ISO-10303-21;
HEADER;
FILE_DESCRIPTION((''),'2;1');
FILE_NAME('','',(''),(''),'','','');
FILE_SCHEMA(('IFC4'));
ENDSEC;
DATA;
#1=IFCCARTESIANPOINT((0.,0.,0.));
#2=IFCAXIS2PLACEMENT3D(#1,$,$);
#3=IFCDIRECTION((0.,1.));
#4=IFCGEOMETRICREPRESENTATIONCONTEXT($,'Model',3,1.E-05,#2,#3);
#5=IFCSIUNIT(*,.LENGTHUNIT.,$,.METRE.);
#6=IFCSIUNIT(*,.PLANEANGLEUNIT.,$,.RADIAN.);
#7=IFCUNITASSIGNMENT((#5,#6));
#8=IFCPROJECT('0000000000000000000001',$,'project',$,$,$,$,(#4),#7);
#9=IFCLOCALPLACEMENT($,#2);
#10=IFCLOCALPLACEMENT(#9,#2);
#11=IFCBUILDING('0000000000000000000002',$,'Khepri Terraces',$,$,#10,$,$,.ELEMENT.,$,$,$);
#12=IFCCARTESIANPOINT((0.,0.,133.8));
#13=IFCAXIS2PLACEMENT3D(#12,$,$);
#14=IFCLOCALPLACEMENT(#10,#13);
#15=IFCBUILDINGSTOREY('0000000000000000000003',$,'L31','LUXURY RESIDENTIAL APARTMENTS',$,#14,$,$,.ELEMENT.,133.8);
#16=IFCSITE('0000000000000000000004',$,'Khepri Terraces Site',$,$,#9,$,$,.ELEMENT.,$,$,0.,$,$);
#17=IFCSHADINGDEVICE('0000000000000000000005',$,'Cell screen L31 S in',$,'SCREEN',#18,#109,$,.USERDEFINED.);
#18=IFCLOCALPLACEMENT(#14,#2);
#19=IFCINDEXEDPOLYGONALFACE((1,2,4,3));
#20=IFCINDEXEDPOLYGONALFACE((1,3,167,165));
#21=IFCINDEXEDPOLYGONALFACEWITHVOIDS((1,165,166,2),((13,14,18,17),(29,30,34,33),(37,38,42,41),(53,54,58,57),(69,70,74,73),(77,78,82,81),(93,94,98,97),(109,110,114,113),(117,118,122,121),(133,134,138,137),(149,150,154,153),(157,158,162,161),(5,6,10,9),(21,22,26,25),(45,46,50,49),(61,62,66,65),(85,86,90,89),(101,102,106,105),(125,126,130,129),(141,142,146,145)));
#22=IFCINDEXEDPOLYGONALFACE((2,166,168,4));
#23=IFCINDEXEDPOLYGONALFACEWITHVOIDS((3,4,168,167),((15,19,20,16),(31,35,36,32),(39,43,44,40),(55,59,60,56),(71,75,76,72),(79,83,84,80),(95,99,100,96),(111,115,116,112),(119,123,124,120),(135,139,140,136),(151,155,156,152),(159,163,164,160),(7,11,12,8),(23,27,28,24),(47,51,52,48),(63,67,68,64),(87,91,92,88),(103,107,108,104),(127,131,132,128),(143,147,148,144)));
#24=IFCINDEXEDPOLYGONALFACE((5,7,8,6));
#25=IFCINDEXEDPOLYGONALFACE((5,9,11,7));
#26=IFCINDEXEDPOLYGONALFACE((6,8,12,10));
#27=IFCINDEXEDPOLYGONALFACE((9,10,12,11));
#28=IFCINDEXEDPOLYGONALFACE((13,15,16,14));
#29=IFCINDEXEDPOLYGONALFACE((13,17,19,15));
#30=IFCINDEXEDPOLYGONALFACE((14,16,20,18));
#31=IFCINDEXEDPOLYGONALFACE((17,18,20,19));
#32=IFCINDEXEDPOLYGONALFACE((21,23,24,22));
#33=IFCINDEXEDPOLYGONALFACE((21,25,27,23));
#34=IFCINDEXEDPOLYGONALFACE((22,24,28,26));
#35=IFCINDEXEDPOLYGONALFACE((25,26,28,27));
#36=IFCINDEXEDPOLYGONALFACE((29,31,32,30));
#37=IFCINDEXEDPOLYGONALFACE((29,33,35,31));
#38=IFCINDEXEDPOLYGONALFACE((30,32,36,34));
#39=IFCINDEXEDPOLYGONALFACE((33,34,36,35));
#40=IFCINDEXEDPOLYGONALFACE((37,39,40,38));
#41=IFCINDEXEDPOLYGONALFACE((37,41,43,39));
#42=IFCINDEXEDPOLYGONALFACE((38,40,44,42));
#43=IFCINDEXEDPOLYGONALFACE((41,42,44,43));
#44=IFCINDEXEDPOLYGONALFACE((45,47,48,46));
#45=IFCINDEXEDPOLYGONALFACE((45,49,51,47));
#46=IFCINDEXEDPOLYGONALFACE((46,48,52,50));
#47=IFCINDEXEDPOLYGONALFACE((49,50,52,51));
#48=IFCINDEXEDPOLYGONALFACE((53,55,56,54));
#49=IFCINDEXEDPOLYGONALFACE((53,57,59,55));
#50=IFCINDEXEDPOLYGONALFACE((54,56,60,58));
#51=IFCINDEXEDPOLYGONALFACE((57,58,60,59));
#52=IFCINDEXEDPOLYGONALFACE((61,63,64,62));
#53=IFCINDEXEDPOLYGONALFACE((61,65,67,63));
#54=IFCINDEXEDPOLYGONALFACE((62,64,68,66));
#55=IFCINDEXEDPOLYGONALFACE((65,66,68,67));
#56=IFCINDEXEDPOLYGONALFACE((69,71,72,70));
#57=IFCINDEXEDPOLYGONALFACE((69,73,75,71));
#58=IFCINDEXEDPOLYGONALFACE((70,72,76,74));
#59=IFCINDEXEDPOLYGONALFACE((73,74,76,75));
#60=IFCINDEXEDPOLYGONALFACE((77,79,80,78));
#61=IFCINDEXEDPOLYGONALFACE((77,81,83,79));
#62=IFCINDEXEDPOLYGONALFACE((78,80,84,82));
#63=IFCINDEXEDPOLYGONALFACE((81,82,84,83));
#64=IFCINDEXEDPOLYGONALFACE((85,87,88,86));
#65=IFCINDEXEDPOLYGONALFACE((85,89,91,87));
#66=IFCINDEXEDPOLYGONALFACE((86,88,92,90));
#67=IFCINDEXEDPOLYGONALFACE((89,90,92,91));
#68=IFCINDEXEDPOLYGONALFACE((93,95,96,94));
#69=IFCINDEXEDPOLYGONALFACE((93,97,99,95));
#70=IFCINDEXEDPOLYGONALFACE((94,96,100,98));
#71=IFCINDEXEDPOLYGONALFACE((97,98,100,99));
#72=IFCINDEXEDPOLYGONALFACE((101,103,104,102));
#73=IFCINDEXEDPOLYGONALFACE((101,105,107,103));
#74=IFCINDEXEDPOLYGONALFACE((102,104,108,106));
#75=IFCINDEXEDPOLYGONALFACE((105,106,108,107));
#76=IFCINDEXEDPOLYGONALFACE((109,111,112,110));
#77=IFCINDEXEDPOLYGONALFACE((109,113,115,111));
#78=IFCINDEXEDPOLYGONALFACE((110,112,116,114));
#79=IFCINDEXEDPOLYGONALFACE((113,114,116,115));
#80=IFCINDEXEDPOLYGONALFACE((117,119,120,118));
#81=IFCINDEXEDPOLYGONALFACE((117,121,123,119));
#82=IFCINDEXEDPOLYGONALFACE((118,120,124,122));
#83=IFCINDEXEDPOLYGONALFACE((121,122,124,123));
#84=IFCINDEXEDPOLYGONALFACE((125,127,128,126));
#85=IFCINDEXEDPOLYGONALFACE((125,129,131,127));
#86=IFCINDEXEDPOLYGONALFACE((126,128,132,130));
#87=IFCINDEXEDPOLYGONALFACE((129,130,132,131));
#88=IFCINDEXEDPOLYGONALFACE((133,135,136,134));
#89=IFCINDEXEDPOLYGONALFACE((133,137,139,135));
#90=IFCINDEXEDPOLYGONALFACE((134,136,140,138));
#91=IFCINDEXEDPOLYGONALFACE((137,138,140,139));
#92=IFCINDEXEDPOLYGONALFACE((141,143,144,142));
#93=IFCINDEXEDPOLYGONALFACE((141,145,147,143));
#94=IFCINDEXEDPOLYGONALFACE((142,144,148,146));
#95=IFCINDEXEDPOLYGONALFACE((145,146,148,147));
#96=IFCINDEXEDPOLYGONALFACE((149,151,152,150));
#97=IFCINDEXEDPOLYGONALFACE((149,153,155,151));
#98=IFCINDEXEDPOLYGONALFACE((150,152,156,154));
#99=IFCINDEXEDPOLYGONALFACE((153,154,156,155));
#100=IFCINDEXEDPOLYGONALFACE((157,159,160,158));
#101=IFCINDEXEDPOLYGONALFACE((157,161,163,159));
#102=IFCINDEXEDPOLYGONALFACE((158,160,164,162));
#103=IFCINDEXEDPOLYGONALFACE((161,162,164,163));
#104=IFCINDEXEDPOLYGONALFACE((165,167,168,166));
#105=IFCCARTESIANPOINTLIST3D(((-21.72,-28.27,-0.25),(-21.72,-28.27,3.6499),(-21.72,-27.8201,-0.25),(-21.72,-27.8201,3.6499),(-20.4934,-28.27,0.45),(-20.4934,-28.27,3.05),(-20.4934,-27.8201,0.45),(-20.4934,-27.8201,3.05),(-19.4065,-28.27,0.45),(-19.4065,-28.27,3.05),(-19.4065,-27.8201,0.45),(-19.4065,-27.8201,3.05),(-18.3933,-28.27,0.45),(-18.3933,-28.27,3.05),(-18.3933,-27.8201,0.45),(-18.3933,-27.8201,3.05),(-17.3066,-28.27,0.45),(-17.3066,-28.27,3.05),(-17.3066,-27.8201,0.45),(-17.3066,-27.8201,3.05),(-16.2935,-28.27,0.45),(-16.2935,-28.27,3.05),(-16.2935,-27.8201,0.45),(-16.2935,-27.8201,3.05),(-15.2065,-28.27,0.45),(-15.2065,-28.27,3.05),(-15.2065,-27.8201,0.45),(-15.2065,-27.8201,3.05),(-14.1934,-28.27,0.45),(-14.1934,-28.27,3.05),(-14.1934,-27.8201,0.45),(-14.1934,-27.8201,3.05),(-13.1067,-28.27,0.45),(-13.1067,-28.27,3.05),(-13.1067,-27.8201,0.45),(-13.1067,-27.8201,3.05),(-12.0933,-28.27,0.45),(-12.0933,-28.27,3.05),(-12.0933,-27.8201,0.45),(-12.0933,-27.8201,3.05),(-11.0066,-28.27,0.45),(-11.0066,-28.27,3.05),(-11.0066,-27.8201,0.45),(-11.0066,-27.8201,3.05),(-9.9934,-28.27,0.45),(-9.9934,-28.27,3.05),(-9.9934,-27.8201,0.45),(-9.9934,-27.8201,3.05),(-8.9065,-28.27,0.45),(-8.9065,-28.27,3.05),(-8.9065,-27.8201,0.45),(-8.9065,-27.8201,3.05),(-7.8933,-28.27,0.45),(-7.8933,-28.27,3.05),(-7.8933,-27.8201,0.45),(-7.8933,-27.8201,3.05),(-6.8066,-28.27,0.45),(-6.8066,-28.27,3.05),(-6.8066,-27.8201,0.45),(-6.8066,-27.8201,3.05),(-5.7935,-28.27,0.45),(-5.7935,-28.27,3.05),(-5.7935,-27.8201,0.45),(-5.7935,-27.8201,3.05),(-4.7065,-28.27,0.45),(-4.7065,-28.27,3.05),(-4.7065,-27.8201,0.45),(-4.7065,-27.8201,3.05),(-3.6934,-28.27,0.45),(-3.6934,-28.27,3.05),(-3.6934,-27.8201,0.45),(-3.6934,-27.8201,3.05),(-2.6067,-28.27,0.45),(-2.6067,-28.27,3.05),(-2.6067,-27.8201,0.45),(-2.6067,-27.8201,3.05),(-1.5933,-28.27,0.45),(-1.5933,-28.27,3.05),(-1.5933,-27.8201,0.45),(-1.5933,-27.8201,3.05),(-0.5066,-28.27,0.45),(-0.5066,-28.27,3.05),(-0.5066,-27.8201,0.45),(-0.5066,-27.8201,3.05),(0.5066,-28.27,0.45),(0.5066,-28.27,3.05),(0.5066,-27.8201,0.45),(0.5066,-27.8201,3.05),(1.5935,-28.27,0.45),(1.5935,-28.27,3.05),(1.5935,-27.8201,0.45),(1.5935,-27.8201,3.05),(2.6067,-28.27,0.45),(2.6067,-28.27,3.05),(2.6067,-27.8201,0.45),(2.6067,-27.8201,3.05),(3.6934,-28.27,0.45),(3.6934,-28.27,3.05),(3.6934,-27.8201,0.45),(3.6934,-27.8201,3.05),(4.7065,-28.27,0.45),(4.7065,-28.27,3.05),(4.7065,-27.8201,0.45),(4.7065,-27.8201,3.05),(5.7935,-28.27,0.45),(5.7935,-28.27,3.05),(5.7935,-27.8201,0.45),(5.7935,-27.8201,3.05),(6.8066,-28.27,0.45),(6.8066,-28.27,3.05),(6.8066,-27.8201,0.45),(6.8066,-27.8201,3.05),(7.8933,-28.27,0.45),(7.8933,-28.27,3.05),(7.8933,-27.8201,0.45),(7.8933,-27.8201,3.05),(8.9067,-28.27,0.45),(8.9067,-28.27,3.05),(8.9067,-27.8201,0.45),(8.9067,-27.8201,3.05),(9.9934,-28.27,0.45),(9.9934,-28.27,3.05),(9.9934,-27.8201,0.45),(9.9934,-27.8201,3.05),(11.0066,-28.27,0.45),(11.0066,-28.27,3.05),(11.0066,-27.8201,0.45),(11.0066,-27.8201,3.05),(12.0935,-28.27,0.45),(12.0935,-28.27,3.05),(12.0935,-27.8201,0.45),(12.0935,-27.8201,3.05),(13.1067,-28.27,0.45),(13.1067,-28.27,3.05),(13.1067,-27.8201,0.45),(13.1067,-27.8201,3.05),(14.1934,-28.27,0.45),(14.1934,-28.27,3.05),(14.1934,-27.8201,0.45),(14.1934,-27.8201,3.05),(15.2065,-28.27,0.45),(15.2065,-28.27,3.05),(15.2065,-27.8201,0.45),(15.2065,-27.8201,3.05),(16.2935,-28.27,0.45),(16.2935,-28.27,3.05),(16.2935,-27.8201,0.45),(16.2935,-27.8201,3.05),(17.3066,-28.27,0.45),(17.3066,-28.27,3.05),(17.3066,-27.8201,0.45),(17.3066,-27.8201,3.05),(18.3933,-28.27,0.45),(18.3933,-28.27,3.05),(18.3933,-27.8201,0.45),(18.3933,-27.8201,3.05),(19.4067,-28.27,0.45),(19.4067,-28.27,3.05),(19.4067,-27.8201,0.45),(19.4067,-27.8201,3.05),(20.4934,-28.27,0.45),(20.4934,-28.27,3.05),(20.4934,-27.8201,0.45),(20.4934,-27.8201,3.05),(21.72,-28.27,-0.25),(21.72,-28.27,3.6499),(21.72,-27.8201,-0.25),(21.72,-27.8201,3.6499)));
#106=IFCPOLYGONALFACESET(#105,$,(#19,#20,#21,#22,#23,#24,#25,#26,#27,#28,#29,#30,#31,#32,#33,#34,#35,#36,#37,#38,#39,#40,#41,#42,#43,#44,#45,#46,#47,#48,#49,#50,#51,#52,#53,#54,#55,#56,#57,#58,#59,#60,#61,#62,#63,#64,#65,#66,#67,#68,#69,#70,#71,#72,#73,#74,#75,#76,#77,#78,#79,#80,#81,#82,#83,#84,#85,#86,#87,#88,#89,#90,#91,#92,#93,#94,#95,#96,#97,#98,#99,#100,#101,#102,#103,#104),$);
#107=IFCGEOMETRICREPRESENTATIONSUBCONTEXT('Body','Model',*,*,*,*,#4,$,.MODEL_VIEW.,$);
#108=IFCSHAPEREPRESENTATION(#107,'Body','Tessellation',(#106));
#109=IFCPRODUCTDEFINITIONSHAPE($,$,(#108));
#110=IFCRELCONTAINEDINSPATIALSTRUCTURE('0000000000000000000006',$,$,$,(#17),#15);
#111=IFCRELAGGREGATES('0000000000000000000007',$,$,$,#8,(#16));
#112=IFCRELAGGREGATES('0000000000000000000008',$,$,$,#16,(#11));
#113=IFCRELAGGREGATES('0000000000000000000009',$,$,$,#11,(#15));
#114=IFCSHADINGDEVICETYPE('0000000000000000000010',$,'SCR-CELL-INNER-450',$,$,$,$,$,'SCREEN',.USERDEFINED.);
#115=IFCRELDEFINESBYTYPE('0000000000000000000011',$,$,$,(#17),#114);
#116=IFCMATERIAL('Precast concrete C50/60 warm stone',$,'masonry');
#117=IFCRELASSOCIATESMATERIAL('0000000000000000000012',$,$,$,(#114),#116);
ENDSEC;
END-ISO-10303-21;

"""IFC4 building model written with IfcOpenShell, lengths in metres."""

from ifc_helpers import new_model, si_unit, direction, frame, origin, place, context, subcontext, project, spatial, polyline, outline, extrude, material, type_object, element, save


model = new_model("IFC4")

# Units and contexts
model_context = context("Model", 3, precision=1e-05, world=origin(), true_north=direction((0.0, 1.0)))
body_context = subcontext(model_context, "Body", "Model", "MODEL_VIEW")
ifc_project = project(units=[si_unit("LENGTHUNIT", "METRE"), si_unit("PLANEANGLEUNIT", "RADIAN")], contexts=[model_context])

# Site, building, storey
site_placement = place(None, origin())
site = spatial("IfcSite", under=ifc_project, at=site_placement, Name="Khepri Terraces Site", CompositionType="ELEMENT", RefElevation=0.0)
building_placement = place(site_placement, origin())
building = spatial("IfcBuilding", under=site, at=building_placement, Name="Khepri Terraces", CompositionType="ELEMENT")
storey_placement = place(building_placement, frame((0.0, 0.0, 133.8)))
storey = spatial("IfcBuildingStorey", under=building, at=storey_placement, Name="L31", Description="LUXURY RESIDENTIAL APARTMENTS", CompositionType="ELEMENT", Elevation=133.8)

# Shared definitions
ifc_material_1 = material(Name="Precast concrete C50/60 warm stone", Category="masonry")

# Shading device
shading_device_type_1 = type_object("IfcShadingDeviceType", Name="SCR-CELL-INNER-450", ElementType="SCREEN", PredefinedType="USERDEFINED", material=ifc_material_1)
shading_device_1_placement = place(storey_placement, frame((-21.72, -27.8201, -0.25), z_axis=(0.0, -1.0, 0.0), x_axis=(1.0, 0.0, 0.0)))
element("IfcShadingDevice", 1, at=shading_device_1_placement, inside=storey, type_object=shading_device_type_1, Name="Cell screen L31 S in", ObjectType="SCREEN", PredefinedType="USERDEFINED", context=body_context, shape_type="SweptSolid", body=[
    extrude(outline(polyline([(0.0, 0.0), (43.4399, 0.0), (43.4399, 3.8999), (0.0, 3.8999), (0.0, 0.0)]), holes=[polyline([(1.2266, 0.7), (2.3135, 0.7), (2.3135, 3.3), (1.2266, 3.3), (1.2266, 0.7)]), polyline([(3.3267, 0.7), (4.4133, 0.7), (4.4133, 3.3), (3.3267, 3.3), (3.3267, 0.7)]), polyline([(5.4265, 0.7), (6.5134, 0.7), (6.5134, 3.3), (5.4265, 3.3), (5.4265, 0.7)]), polyline([(7.5266, 0.7), (8.6133, 0.7), (8.6133, 3.3), (7.5266, 3.3), (7.5266, 0.7)]), polyline([(9.6267, 0.7), (10.7134, 0.7), (10.7134, 3.3), (9.6267, 3.3), (9.6267, 0.7)]), polyline([(11.7266, 0.7), (12.8135, 0.7), (12.8135, 3.3), (11.7266, 3.3), (11.7266, 0.7)]), polyline([(13.8267, 0.7), (14.9133, 0.7), (14.9133, 3.3), (13.8267, 3.3), (13.8267, 0.7)]), polyline([(15.9265, 0.7), (17.0134, 0.7), (17.0134, 3.3), (15.9265, 3.3), (15.9265, 0.7)]), polyline([(18.0266, 0.7), (19.1133, 0.7), (19.1133, 3.3), (18.0266, 3.3), (18.0266, 0.7)]), polyline([(20.1267, 0.7), (21.2134, 0.7), (21.2134, 3.3), (20.1267, 3.3), (20.1267, 0.7)]), polyline([(22.2266, 0.7), (23.3135, 0.7), (23.3135, 3.3), (22.2266, 3.3), (22.2266, 0.7)]), polyline([(24.3267, 0.7), (25.4133, 0.7), (25.4133, 3.3), (24.3267, 3.3), (24.3267, 0.7)]), polyline([(26.4265, 0.7), (27.5134, 0.7), (27.5134, 3.3), (26.4265, 3.3), (26.4265, 0.7)]), polyline([(28.5266, 0.7), (29.6133, 0.7), (29.6133, 3.3), (28.5266, 3.3), (28.5266, 0.7)]), polyline([(30.6267, 0.7), (31.7134, 0.7), (31.7134, 3.3), (30.6267, 3.3), (30.6267, 0.7)]), polyline([(32.7266, 0.7), (33.8135, 0.7), (33.8135, 3.3), (32.7266, 3.3), (32.7266, 0.7)]), polyline([(34.8267, 0.7), (35.9133, 0.7), (35.9133, 3.3), (34.8267, 3.3), (34.8267, 0.7)]), polyline([(36.9265, 0.7), (38.0134, 0.7), (38.0134, 3.3), (36.9265, 3.3), (36.9265, 0.7)]), polyline([(39.0266, 0.7), (40.1133, 0.7), (40.1133, 3.3), (39.0266, 3.3), (39.0266, 0.7)]), polyline([(41.1267, 0.7), (42.2134, 0.7), (42.2134, 3.3), (41.1267, 3.3), (41.1267, 0.7)])]), origin(), (0.0, 0.0, 1.0), 0.45),
])

save(model, "model.ifc")
